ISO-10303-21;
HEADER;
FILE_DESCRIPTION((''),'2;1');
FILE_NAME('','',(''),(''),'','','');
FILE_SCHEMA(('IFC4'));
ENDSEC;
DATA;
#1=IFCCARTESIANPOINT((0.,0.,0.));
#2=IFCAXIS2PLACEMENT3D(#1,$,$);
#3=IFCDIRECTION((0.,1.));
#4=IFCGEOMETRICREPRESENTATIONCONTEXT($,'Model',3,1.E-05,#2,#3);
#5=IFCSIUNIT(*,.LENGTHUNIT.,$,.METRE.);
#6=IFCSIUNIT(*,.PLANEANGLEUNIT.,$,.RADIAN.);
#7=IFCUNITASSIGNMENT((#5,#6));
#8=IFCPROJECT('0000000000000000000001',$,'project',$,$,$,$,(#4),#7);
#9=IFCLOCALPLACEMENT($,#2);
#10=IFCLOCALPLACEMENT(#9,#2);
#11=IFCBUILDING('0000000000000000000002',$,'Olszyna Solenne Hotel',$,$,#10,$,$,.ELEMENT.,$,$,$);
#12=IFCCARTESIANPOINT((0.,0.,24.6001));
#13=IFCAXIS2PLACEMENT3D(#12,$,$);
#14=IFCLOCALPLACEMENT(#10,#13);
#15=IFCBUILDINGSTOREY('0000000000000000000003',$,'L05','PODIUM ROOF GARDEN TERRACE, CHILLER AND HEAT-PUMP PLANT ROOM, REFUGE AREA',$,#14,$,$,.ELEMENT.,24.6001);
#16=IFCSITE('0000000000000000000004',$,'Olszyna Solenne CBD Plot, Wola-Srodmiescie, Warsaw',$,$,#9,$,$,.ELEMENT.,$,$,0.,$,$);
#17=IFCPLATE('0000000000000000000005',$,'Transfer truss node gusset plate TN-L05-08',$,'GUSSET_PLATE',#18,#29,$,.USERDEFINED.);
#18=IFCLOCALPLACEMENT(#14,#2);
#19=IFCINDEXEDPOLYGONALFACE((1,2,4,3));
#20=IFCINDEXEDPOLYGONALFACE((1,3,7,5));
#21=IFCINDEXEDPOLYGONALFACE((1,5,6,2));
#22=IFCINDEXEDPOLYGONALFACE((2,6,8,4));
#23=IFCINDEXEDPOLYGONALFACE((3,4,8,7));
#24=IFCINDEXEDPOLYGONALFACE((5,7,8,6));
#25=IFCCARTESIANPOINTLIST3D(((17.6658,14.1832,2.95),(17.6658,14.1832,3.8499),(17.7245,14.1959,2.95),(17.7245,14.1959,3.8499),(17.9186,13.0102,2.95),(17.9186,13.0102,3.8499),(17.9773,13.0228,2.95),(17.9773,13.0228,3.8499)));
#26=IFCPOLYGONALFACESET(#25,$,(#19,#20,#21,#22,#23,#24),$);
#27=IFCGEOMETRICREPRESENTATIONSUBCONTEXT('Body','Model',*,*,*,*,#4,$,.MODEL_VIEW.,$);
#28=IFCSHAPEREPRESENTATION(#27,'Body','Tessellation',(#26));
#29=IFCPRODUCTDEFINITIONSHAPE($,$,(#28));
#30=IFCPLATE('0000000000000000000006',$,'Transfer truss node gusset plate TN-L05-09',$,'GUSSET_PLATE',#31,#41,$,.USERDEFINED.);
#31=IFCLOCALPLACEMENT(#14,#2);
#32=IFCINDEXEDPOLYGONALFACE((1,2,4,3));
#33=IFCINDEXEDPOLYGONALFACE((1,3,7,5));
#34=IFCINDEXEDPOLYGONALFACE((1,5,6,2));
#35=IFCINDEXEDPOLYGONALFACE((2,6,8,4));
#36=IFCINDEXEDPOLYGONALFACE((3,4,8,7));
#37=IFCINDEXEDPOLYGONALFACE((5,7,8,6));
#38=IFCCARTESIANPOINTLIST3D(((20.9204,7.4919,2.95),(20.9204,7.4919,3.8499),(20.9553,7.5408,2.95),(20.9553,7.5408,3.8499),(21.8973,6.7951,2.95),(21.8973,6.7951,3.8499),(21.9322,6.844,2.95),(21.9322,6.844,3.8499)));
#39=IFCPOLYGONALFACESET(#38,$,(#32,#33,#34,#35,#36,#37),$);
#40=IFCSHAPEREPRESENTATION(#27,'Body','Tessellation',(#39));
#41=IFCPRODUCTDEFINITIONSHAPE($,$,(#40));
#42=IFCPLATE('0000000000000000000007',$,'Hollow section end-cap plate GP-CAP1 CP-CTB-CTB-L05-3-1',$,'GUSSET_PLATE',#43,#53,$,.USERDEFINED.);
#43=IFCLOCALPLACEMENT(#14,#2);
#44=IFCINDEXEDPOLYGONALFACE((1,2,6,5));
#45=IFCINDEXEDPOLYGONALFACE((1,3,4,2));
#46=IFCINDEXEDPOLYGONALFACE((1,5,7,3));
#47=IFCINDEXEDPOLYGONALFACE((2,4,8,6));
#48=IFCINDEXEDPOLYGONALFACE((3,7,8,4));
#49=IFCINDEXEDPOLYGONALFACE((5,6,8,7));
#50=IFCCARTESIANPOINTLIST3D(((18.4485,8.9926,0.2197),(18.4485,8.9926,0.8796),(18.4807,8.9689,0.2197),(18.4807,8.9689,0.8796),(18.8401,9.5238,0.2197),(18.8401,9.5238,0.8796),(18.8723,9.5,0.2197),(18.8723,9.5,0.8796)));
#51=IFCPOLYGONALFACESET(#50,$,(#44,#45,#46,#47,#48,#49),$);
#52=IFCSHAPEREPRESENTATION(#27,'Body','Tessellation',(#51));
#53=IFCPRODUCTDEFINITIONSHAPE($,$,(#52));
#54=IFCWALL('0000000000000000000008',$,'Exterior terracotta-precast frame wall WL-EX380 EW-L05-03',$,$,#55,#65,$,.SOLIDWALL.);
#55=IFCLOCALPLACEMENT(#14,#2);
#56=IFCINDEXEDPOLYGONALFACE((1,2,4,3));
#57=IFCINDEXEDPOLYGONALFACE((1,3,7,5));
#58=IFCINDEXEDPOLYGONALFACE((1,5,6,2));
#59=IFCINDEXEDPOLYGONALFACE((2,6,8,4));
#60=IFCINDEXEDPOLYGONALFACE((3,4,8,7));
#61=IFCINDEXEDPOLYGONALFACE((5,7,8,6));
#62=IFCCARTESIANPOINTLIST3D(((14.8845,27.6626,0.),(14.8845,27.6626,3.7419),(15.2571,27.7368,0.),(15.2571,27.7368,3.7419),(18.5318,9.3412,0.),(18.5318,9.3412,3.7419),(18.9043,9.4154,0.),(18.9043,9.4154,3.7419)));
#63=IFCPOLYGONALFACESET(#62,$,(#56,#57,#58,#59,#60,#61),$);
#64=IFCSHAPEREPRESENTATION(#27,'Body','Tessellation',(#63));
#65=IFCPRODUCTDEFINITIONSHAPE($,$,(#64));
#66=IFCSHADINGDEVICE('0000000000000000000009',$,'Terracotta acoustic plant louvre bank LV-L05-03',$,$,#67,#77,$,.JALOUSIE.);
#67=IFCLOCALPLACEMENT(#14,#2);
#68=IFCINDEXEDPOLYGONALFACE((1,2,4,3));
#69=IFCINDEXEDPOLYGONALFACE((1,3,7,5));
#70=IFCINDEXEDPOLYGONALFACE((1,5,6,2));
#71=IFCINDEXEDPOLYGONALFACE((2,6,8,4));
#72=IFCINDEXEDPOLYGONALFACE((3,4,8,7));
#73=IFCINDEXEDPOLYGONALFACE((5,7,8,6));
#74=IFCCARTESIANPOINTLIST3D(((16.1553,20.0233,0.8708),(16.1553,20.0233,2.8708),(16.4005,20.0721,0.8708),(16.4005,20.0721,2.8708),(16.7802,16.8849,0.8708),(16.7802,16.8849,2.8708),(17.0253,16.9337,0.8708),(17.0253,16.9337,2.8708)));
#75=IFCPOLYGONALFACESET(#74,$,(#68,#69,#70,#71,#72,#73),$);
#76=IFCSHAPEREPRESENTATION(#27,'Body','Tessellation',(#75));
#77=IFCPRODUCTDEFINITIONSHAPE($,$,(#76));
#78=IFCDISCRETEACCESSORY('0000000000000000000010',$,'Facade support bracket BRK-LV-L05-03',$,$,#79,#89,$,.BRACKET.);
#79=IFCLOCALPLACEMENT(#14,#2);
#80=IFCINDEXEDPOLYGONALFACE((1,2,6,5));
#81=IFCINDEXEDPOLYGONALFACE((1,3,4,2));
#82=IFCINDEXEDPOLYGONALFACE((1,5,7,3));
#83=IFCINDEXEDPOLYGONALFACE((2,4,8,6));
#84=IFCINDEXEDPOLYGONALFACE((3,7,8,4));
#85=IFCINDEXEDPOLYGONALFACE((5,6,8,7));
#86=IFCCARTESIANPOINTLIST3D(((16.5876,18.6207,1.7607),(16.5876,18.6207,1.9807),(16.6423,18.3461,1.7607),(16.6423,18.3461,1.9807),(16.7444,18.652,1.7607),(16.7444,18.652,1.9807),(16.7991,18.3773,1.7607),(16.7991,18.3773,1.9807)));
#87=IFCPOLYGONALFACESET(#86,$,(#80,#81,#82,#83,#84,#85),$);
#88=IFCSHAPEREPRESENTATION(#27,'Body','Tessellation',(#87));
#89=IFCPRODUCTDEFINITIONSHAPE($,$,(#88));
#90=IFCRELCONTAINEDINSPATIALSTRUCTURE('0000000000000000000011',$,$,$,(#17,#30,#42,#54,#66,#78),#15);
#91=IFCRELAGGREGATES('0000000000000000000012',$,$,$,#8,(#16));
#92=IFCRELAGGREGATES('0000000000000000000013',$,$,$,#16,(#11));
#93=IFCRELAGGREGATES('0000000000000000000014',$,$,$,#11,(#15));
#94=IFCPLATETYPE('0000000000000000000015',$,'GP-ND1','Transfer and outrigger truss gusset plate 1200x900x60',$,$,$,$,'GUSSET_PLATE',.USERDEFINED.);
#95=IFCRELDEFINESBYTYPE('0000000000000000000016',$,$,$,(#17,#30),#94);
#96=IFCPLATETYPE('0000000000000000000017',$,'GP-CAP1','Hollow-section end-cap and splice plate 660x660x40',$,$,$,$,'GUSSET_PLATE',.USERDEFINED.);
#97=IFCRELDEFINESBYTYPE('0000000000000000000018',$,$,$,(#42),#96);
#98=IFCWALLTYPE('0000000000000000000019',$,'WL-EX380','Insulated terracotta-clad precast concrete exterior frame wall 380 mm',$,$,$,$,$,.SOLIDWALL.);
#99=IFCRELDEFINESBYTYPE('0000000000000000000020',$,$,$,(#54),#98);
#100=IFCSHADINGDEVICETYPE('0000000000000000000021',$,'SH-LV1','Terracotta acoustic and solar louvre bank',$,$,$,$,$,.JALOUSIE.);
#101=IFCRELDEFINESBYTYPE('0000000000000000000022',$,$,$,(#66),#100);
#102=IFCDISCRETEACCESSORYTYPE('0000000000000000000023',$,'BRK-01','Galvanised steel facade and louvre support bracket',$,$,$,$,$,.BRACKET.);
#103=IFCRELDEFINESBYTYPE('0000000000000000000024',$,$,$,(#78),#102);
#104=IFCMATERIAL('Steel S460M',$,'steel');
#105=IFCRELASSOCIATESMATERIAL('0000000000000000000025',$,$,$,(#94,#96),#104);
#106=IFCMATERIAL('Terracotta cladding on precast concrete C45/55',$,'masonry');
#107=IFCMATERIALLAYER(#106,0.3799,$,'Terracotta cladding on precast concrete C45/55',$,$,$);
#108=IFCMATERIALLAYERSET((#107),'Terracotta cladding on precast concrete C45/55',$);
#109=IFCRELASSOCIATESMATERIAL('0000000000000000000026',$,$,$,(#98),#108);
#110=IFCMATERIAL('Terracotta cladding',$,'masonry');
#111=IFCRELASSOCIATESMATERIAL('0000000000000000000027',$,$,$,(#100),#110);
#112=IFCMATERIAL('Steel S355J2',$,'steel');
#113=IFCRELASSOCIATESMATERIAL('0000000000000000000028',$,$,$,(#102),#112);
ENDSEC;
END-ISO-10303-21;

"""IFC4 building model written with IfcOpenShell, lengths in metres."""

from ifc_helpers import new_model, si_unit, direction, frame, frame_2d, origin, origin_2d, place, context, subcontext, project, spatial, rectangle, extrude, source, transform, mapped, material, layer, layer_set, type_object, element, save


model = new_model("IFC4")

# Units and contexts
model_context = context("Model", 3, precision=1e-05, world=origin(), true_north=direction((0.0, 1.0)))
body_context = subcontext(model_context, "Body", "Model", "MODEL_VIEW")
ifc_project = project(units=[si_unit("LENGTHUNIT", "METRE"), si_unit("PLANEANGLEUNIT", "RADIAN")], contexts=[model_context])

# Site, building, storey
site_placement = place(None, origin())
site = spatial("IfcSite", under=ifc_project, at=site_placement, Name="Olszyna Solenne CBD Plot, Wola-Srodmiescie, Warsaw", CompositionType="ELEMENT", RefElevation=0.0)
building_placement = place(site_placement, origin())
building = spatial("IfcBuilding", under=site, at=building_placement, Name="Olszyna Solenne Hotel", CompositionType="ELEMENT")
storey_placement = place(building_placement, frame((0.0, 0.0, 24.6001)))
storey = spatial("IfcBuildingStorey", under=building, at=storey_placement, Name="L05", Description="PODIUM ROOF GARDEN TERRACE, CHILLER AND HEAT-PUMP PLANT ROOM, REFUGE AREA", CompositionType="ELEMENT", Elevation=24.6001)

# Shared definitions
ifc_material_1 = material(Name="Steel S355J2", Category="steel")
ifc_material_2 = material(Name="Steel S460M", Category="steel")

# Plates
plate_type_1 = type_object("IfcPlateType", Name="GP-ND1", Description="Transfer and outrigger truss gusset plate 1200x900x60", ElementType="GUSSET_PLATE", PredefinedType="USERDEFINED", material=ifc_material_2)
shared_shape_1 = source(origin(), body_context, "Body", "SweptSolid", [
    extrude(rectangle(XDim=1.2, YDim=0.0601, at=origin_2d()), origin(), (0.0, 0.0, 1.0), 0.8999),
])
for number, where, z_axis, x_axis, name in (
    (1, (17.8215, 13.603, 2.95), (0.0, 0.0, 1.0), (0.210642, -0.977563, 0.0), "Transfer truss node gusset plate TN-L05-08"),
    (2, (21.4263, 7.168, 2.95), (0.0, 0.0, 1.0), (0.814116, -0.580703, 0.0), "Transfer truss node gusset plate TN-L05-09"),
):
    element("IfcPlate", number, at=place(storey_placement, frame(where, z_axis=z_axis, x_axis=x_axis)), inside=storey, type_object=plate_type_1, Name=name, ObjectType="GUSSET_PLATE", PredefinedType="USERDEFINED", context=body_context, shape_type="MappedRepresentation", body=[
        mapped(shared_shape_1, transform((0.0, 0.0, 0.0), x_axis=(1.0, 0.0, 0.0), y_axis=(0.0, 1.0, 0.0), z_axis=(0.0, 0.0, 1.0), scale=1.0)),
    ])
plate_type_2 = type_object("IfcPlateType", Name="GP-CAP1", Description="Hollow-section end-cap and splice plate 660x660x40", ElementType="GUSSET_PLATE", PredefinedType="USERDEFINED", material=ifc_material_2)
shared_shape_2 = source(origin(), body_context, "Body", "SweptSolid", [
    extrude(rectangle(XDim=0.04, YDim=0.6599, at=origin_2d()), origin(), (0.0, 0.0, 1.0), 0.6599),
])
plate_placement = place(storey_placement, frame((18.6604, 9.2463, 0.2197), z_axis=(0.0, 0.0, 1.0), x_axis=(0.804894, -0.593419, 0.0)))
element("IfcPlate", 3, at=plate_placement, inside=storey, type_object=plate_type_2, Name="Hollow section end-cap plate GP-CAP1 CP-CTB-CTB-L05-3-1", ObjectType="GUSSET_PLATE", PredefinedType="USERDEFINED", context=body_context, shape_type="MappedRepresentation", body=[
    mapped(shared_shape_2, transform((0.0, 0.0, 0.0), x_axis=(1.0, 0.0, 0.0), y_axis=(0.0, 1.0, 0.0), z_axis=(0.0, 0.0, 1.0), scale=1.0)),
])

# Wall
ifc_material_3 = material(Name="Terracotta cladding on precast concrete C45/55", Category="masonry")
ifc_layer_1 = layer(ifc_material_3, 0.3799, Name="Terracotta cladding on precast concrete C45/55")
ifc_layer_set_1 = layer_set([ifc_layer_1], Name="Terracotta cladding on precast concrete C45/55")
wall_type = type_object("IfcWallType", Name="WL-EX380", Description="Insulated terracotta-clad precast concrete exterior frame wall 380 mm", PredefinedType="SOLIDWALL", material=ifc_layer_set_1)
wall_placement = place(storey_placement, frame((18.718, 9.3784, 0.0), z_axis=(0.0, 0.0, 1.0), x_axis=(-0.195239, 0.980756, 0.0)))
element("IfcWall", 4, at=wall_placement, inside=storey, type_object=wall_type, Name="Exterior terracotta-precast frame wall WL-EX380 EW-L05-03", PredefinedType="SOLIDWALL", context=body_context, shape_type="SweptSolid", body=[
    extrude(rectangle(XDim=18.6809, YDim=0.3799, at=frame_2d((9.3403, 0.0))), origin(), (0.0, 0.0, 1.0), 3.7419),
])

# Shading device
ifc_material_4 = material(Name="Terracotta cladding", Category="masonry")
shading_device_type = type_object("IfcShadingDeviceType", Name="SH-LV1", Description="Terracotta acoustic and solar louvre bank", PredefinedType="JALOUSIE", material=ifc_material_4)
shared_shape_3 = source(origin(), body_context, "Body", "SweptSolid", [
    extrude(rectangle(XDim=3.2, YDim=0.25, at=origin_2d()), origin(), (0.0, 0.0, 1.0), 2.0),
])
shading_device_placement = place(storey_placement, frame((16.5903, 18.4785, 0.8708), z_axis=(0.0, 0.0, 1.0), x_axis=(-0.195261, 0.980751, 0.0)))
element("IfcShadingDevice", 5, at=shading_device_placement, inside=storey, type_object=shading_device_type, Name="Terracotta acoustic plant louvre bank LV-L05-03", PredefinedType="JALOUSIE", context=body_context, shape_type="MappedRepresentation", body=[
    mapped(shared_shape_3, transform((0.0, 0.0, 0.0), x_axis=(1.0, 0.0, 0.0), y_axis=(0.0, 1.0, 0.0), z_axis=(0.0, 0.0, 1.0), scale=1.0)),
])

# Discrete accessory
discrete_accessory_type = type_object("IfcDiscreteAccessoryType", Name="BRK-01", Description="Galvanised steel facade and louvre support bracket", PredefinedType="BRACKET", material=ifc_material_1)
shared_shape_4 = source(origin(), body_context, "Body", "SweptSolid", [
    extrude(rectangle(XDim=0.28, YDim=0.1599, at=origin_2d()), origin(), (0.0, 0.0, 1.0), 0.22),
])
discrete_accessory_placement = place(storey_placement, frame((16.6934, 18.499, 1.7607), z_axis=(0.0, 0.0, 1.0), x_axis=(-0.195261, 0.980751, 0.0)))
element("IfcDiscreteAccessory", 6, at=discrete_accessory_placement, inside=storey, type_object=discrete_accessory_type, Name="Facade support bracket BRK-LV-L05-03", PredefinedType="BRACKET", context=body_context, shape_type="MappedRepresentation", body=[
    mapped(shared_shape_4, transform((0.0, 0.0, 0.0), x_axis=(1.0, 0.0, 0.0), y_axis=(0.0, 1.0, 0.0), z_axis=(0.0, 0.0, 1.0), scale=1.0)),
])

save(model, "model.ifc")
